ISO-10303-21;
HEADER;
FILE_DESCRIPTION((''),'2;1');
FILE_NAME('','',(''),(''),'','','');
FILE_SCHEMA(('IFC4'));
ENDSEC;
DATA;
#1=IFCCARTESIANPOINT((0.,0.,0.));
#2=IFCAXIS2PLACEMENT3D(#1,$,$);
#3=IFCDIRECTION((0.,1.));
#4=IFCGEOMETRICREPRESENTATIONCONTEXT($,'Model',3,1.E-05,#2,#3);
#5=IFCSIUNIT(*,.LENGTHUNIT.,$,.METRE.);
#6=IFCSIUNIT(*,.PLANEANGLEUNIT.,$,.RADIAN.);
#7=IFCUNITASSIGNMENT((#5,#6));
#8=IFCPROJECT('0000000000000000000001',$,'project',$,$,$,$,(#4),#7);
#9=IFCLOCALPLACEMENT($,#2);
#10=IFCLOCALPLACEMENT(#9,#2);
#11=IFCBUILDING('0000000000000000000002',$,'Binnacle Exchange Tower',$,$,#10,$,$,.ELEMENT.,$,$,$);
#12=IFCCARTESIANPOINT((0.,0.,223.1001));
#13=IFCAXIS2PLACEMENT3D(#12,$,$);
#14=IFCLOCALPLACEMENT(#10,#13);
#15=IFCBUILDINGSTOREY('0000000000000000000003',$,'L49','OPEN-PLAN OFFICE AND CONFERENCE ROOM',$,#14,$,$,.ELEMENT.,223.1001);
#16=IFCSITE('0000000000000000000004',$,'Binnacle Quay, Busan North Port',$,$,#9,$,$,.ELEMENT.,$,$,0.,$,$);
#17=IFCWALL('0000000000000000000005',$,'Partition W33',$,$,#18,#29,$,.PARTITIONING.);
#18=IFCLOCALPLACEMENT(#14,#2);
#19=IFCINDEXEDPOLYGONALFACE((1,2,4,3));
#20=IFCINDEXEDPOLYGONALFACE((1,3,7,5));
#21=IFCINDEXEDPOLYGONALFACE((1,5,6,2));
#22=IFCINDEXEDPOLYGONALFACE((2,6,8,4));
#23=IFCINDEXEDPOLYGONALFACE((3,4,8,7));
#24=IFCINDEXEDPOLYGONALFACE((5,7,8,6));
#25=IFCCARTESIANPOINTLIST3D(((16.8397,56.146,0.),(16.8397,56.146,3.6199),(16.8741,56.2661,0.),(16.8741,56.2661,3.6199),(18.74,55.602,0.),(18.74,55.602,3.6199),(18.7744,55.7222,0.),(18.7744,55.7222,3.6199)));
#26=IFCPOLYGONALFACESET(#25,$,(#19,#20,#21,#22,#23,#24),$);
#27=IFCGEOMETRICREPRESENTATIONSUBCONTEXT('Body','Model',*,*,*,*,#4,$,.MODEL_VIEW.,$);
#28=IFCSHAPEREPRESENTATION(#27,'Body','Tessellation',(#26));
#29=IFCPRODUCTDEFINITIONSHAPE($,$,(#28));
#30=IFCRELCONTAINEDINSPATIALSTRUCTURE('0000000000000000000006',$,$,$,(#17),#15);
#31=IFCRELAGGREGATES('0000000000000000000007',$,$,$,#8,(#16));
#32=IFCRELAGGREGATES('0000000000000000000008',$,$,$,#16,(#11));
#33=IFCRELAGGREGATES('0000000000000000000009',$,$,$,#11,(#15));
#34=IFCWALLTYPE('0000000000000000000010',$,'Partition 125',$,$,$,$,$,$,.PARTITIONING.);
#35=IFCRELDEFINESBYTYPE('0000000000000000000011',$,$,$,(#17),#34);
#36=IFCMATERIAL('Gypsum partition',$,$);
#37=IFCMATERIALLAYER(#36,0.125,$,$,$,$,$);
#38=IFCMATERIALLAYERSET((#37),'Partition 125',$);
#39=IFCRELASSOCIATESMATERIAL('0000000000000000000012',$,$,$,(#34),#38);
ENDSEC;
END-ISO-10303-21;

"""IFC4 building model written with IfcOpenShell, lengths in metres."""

from ifc_helpers import new_model, si_unit, direction, frame, frame_2d, origin, place, context, subcontext, project, spatial, rectangle, extrude, material, layer, layer_set, type_object, element, save


model = new_model("IFC4")

# Units and contexts
model_context = context("Model", 3, precision=1e-05, world=origin(), true_north=direction((0.0, 1.0)))
body_context = subcontext(model_context, "Body", "Model", "MODEL_VIEW")
ifc_project = project(units=[si_unit("LENGTHUNIT", "METRE"), si_unit("PLANEANGLEUNIT", "RADIAN")], contexts=[model_context])

# Site, building, storey
site_placement = place(None, origin())
site = spatial("IfcSite", under=ifc_project, at=site_placement, Name="Binnacle Quay, Busan North Port", CompositionType="ELEMENT", RefElevation=0.0)
building_placement = place(site_placement, origin())
building = spatial("IfcBuilding", under=site, at=building_placement, Name="Binnacle Exchange Tower", CompositionType="ELEMENT")
storey_placement = place(building_placement, frame((0.0, 0.0, 223.1001)))
storey = spatial("IfcBuildingStorey", under=building, at=storey_placement, Name="L49", Description="OPEN-PLAN OFFICE AND CONFERENCE ROOM", CompositionType="ELEMENT", Elevation=223.1001)

# Shared definitions
ifc_material_1 = material(Name="Gypsum partition")
ifc_layer_1 = layer(ifc_material_1, 0.125)
ifc_layer_set_1 = layer_set([ifc_layer_1], Name="Partition 125")
wall_type_1 = type_object("IfcWallType", Name="Partition 125", PredefinedType="PARTITIONING", material=ifc_layer_set_1)

# Wall
wall_1_placement = place(storey_placement, frame((16.8569, 56.2061, 0.0), z_axis=(0.0, 0.0, 1.0), x_axis=(0.961384, -0.275211, 0.0)))
element("IfcWall", 1, at=wall_1_placement, inside=storey, type_object=wall_type_1, Name="Partition W33", PredefinedType="PARTITIONING", context=body_context, shape_type="SweptSolid", body=[
    extrude(rectangle(XDim=1.9766, YDim=0.125, at=frame_2d((0.9883, 0.0))), origin(), (0.0, 0.0, 1.0), 3.6199),
])

save(model, "model.ifc")
